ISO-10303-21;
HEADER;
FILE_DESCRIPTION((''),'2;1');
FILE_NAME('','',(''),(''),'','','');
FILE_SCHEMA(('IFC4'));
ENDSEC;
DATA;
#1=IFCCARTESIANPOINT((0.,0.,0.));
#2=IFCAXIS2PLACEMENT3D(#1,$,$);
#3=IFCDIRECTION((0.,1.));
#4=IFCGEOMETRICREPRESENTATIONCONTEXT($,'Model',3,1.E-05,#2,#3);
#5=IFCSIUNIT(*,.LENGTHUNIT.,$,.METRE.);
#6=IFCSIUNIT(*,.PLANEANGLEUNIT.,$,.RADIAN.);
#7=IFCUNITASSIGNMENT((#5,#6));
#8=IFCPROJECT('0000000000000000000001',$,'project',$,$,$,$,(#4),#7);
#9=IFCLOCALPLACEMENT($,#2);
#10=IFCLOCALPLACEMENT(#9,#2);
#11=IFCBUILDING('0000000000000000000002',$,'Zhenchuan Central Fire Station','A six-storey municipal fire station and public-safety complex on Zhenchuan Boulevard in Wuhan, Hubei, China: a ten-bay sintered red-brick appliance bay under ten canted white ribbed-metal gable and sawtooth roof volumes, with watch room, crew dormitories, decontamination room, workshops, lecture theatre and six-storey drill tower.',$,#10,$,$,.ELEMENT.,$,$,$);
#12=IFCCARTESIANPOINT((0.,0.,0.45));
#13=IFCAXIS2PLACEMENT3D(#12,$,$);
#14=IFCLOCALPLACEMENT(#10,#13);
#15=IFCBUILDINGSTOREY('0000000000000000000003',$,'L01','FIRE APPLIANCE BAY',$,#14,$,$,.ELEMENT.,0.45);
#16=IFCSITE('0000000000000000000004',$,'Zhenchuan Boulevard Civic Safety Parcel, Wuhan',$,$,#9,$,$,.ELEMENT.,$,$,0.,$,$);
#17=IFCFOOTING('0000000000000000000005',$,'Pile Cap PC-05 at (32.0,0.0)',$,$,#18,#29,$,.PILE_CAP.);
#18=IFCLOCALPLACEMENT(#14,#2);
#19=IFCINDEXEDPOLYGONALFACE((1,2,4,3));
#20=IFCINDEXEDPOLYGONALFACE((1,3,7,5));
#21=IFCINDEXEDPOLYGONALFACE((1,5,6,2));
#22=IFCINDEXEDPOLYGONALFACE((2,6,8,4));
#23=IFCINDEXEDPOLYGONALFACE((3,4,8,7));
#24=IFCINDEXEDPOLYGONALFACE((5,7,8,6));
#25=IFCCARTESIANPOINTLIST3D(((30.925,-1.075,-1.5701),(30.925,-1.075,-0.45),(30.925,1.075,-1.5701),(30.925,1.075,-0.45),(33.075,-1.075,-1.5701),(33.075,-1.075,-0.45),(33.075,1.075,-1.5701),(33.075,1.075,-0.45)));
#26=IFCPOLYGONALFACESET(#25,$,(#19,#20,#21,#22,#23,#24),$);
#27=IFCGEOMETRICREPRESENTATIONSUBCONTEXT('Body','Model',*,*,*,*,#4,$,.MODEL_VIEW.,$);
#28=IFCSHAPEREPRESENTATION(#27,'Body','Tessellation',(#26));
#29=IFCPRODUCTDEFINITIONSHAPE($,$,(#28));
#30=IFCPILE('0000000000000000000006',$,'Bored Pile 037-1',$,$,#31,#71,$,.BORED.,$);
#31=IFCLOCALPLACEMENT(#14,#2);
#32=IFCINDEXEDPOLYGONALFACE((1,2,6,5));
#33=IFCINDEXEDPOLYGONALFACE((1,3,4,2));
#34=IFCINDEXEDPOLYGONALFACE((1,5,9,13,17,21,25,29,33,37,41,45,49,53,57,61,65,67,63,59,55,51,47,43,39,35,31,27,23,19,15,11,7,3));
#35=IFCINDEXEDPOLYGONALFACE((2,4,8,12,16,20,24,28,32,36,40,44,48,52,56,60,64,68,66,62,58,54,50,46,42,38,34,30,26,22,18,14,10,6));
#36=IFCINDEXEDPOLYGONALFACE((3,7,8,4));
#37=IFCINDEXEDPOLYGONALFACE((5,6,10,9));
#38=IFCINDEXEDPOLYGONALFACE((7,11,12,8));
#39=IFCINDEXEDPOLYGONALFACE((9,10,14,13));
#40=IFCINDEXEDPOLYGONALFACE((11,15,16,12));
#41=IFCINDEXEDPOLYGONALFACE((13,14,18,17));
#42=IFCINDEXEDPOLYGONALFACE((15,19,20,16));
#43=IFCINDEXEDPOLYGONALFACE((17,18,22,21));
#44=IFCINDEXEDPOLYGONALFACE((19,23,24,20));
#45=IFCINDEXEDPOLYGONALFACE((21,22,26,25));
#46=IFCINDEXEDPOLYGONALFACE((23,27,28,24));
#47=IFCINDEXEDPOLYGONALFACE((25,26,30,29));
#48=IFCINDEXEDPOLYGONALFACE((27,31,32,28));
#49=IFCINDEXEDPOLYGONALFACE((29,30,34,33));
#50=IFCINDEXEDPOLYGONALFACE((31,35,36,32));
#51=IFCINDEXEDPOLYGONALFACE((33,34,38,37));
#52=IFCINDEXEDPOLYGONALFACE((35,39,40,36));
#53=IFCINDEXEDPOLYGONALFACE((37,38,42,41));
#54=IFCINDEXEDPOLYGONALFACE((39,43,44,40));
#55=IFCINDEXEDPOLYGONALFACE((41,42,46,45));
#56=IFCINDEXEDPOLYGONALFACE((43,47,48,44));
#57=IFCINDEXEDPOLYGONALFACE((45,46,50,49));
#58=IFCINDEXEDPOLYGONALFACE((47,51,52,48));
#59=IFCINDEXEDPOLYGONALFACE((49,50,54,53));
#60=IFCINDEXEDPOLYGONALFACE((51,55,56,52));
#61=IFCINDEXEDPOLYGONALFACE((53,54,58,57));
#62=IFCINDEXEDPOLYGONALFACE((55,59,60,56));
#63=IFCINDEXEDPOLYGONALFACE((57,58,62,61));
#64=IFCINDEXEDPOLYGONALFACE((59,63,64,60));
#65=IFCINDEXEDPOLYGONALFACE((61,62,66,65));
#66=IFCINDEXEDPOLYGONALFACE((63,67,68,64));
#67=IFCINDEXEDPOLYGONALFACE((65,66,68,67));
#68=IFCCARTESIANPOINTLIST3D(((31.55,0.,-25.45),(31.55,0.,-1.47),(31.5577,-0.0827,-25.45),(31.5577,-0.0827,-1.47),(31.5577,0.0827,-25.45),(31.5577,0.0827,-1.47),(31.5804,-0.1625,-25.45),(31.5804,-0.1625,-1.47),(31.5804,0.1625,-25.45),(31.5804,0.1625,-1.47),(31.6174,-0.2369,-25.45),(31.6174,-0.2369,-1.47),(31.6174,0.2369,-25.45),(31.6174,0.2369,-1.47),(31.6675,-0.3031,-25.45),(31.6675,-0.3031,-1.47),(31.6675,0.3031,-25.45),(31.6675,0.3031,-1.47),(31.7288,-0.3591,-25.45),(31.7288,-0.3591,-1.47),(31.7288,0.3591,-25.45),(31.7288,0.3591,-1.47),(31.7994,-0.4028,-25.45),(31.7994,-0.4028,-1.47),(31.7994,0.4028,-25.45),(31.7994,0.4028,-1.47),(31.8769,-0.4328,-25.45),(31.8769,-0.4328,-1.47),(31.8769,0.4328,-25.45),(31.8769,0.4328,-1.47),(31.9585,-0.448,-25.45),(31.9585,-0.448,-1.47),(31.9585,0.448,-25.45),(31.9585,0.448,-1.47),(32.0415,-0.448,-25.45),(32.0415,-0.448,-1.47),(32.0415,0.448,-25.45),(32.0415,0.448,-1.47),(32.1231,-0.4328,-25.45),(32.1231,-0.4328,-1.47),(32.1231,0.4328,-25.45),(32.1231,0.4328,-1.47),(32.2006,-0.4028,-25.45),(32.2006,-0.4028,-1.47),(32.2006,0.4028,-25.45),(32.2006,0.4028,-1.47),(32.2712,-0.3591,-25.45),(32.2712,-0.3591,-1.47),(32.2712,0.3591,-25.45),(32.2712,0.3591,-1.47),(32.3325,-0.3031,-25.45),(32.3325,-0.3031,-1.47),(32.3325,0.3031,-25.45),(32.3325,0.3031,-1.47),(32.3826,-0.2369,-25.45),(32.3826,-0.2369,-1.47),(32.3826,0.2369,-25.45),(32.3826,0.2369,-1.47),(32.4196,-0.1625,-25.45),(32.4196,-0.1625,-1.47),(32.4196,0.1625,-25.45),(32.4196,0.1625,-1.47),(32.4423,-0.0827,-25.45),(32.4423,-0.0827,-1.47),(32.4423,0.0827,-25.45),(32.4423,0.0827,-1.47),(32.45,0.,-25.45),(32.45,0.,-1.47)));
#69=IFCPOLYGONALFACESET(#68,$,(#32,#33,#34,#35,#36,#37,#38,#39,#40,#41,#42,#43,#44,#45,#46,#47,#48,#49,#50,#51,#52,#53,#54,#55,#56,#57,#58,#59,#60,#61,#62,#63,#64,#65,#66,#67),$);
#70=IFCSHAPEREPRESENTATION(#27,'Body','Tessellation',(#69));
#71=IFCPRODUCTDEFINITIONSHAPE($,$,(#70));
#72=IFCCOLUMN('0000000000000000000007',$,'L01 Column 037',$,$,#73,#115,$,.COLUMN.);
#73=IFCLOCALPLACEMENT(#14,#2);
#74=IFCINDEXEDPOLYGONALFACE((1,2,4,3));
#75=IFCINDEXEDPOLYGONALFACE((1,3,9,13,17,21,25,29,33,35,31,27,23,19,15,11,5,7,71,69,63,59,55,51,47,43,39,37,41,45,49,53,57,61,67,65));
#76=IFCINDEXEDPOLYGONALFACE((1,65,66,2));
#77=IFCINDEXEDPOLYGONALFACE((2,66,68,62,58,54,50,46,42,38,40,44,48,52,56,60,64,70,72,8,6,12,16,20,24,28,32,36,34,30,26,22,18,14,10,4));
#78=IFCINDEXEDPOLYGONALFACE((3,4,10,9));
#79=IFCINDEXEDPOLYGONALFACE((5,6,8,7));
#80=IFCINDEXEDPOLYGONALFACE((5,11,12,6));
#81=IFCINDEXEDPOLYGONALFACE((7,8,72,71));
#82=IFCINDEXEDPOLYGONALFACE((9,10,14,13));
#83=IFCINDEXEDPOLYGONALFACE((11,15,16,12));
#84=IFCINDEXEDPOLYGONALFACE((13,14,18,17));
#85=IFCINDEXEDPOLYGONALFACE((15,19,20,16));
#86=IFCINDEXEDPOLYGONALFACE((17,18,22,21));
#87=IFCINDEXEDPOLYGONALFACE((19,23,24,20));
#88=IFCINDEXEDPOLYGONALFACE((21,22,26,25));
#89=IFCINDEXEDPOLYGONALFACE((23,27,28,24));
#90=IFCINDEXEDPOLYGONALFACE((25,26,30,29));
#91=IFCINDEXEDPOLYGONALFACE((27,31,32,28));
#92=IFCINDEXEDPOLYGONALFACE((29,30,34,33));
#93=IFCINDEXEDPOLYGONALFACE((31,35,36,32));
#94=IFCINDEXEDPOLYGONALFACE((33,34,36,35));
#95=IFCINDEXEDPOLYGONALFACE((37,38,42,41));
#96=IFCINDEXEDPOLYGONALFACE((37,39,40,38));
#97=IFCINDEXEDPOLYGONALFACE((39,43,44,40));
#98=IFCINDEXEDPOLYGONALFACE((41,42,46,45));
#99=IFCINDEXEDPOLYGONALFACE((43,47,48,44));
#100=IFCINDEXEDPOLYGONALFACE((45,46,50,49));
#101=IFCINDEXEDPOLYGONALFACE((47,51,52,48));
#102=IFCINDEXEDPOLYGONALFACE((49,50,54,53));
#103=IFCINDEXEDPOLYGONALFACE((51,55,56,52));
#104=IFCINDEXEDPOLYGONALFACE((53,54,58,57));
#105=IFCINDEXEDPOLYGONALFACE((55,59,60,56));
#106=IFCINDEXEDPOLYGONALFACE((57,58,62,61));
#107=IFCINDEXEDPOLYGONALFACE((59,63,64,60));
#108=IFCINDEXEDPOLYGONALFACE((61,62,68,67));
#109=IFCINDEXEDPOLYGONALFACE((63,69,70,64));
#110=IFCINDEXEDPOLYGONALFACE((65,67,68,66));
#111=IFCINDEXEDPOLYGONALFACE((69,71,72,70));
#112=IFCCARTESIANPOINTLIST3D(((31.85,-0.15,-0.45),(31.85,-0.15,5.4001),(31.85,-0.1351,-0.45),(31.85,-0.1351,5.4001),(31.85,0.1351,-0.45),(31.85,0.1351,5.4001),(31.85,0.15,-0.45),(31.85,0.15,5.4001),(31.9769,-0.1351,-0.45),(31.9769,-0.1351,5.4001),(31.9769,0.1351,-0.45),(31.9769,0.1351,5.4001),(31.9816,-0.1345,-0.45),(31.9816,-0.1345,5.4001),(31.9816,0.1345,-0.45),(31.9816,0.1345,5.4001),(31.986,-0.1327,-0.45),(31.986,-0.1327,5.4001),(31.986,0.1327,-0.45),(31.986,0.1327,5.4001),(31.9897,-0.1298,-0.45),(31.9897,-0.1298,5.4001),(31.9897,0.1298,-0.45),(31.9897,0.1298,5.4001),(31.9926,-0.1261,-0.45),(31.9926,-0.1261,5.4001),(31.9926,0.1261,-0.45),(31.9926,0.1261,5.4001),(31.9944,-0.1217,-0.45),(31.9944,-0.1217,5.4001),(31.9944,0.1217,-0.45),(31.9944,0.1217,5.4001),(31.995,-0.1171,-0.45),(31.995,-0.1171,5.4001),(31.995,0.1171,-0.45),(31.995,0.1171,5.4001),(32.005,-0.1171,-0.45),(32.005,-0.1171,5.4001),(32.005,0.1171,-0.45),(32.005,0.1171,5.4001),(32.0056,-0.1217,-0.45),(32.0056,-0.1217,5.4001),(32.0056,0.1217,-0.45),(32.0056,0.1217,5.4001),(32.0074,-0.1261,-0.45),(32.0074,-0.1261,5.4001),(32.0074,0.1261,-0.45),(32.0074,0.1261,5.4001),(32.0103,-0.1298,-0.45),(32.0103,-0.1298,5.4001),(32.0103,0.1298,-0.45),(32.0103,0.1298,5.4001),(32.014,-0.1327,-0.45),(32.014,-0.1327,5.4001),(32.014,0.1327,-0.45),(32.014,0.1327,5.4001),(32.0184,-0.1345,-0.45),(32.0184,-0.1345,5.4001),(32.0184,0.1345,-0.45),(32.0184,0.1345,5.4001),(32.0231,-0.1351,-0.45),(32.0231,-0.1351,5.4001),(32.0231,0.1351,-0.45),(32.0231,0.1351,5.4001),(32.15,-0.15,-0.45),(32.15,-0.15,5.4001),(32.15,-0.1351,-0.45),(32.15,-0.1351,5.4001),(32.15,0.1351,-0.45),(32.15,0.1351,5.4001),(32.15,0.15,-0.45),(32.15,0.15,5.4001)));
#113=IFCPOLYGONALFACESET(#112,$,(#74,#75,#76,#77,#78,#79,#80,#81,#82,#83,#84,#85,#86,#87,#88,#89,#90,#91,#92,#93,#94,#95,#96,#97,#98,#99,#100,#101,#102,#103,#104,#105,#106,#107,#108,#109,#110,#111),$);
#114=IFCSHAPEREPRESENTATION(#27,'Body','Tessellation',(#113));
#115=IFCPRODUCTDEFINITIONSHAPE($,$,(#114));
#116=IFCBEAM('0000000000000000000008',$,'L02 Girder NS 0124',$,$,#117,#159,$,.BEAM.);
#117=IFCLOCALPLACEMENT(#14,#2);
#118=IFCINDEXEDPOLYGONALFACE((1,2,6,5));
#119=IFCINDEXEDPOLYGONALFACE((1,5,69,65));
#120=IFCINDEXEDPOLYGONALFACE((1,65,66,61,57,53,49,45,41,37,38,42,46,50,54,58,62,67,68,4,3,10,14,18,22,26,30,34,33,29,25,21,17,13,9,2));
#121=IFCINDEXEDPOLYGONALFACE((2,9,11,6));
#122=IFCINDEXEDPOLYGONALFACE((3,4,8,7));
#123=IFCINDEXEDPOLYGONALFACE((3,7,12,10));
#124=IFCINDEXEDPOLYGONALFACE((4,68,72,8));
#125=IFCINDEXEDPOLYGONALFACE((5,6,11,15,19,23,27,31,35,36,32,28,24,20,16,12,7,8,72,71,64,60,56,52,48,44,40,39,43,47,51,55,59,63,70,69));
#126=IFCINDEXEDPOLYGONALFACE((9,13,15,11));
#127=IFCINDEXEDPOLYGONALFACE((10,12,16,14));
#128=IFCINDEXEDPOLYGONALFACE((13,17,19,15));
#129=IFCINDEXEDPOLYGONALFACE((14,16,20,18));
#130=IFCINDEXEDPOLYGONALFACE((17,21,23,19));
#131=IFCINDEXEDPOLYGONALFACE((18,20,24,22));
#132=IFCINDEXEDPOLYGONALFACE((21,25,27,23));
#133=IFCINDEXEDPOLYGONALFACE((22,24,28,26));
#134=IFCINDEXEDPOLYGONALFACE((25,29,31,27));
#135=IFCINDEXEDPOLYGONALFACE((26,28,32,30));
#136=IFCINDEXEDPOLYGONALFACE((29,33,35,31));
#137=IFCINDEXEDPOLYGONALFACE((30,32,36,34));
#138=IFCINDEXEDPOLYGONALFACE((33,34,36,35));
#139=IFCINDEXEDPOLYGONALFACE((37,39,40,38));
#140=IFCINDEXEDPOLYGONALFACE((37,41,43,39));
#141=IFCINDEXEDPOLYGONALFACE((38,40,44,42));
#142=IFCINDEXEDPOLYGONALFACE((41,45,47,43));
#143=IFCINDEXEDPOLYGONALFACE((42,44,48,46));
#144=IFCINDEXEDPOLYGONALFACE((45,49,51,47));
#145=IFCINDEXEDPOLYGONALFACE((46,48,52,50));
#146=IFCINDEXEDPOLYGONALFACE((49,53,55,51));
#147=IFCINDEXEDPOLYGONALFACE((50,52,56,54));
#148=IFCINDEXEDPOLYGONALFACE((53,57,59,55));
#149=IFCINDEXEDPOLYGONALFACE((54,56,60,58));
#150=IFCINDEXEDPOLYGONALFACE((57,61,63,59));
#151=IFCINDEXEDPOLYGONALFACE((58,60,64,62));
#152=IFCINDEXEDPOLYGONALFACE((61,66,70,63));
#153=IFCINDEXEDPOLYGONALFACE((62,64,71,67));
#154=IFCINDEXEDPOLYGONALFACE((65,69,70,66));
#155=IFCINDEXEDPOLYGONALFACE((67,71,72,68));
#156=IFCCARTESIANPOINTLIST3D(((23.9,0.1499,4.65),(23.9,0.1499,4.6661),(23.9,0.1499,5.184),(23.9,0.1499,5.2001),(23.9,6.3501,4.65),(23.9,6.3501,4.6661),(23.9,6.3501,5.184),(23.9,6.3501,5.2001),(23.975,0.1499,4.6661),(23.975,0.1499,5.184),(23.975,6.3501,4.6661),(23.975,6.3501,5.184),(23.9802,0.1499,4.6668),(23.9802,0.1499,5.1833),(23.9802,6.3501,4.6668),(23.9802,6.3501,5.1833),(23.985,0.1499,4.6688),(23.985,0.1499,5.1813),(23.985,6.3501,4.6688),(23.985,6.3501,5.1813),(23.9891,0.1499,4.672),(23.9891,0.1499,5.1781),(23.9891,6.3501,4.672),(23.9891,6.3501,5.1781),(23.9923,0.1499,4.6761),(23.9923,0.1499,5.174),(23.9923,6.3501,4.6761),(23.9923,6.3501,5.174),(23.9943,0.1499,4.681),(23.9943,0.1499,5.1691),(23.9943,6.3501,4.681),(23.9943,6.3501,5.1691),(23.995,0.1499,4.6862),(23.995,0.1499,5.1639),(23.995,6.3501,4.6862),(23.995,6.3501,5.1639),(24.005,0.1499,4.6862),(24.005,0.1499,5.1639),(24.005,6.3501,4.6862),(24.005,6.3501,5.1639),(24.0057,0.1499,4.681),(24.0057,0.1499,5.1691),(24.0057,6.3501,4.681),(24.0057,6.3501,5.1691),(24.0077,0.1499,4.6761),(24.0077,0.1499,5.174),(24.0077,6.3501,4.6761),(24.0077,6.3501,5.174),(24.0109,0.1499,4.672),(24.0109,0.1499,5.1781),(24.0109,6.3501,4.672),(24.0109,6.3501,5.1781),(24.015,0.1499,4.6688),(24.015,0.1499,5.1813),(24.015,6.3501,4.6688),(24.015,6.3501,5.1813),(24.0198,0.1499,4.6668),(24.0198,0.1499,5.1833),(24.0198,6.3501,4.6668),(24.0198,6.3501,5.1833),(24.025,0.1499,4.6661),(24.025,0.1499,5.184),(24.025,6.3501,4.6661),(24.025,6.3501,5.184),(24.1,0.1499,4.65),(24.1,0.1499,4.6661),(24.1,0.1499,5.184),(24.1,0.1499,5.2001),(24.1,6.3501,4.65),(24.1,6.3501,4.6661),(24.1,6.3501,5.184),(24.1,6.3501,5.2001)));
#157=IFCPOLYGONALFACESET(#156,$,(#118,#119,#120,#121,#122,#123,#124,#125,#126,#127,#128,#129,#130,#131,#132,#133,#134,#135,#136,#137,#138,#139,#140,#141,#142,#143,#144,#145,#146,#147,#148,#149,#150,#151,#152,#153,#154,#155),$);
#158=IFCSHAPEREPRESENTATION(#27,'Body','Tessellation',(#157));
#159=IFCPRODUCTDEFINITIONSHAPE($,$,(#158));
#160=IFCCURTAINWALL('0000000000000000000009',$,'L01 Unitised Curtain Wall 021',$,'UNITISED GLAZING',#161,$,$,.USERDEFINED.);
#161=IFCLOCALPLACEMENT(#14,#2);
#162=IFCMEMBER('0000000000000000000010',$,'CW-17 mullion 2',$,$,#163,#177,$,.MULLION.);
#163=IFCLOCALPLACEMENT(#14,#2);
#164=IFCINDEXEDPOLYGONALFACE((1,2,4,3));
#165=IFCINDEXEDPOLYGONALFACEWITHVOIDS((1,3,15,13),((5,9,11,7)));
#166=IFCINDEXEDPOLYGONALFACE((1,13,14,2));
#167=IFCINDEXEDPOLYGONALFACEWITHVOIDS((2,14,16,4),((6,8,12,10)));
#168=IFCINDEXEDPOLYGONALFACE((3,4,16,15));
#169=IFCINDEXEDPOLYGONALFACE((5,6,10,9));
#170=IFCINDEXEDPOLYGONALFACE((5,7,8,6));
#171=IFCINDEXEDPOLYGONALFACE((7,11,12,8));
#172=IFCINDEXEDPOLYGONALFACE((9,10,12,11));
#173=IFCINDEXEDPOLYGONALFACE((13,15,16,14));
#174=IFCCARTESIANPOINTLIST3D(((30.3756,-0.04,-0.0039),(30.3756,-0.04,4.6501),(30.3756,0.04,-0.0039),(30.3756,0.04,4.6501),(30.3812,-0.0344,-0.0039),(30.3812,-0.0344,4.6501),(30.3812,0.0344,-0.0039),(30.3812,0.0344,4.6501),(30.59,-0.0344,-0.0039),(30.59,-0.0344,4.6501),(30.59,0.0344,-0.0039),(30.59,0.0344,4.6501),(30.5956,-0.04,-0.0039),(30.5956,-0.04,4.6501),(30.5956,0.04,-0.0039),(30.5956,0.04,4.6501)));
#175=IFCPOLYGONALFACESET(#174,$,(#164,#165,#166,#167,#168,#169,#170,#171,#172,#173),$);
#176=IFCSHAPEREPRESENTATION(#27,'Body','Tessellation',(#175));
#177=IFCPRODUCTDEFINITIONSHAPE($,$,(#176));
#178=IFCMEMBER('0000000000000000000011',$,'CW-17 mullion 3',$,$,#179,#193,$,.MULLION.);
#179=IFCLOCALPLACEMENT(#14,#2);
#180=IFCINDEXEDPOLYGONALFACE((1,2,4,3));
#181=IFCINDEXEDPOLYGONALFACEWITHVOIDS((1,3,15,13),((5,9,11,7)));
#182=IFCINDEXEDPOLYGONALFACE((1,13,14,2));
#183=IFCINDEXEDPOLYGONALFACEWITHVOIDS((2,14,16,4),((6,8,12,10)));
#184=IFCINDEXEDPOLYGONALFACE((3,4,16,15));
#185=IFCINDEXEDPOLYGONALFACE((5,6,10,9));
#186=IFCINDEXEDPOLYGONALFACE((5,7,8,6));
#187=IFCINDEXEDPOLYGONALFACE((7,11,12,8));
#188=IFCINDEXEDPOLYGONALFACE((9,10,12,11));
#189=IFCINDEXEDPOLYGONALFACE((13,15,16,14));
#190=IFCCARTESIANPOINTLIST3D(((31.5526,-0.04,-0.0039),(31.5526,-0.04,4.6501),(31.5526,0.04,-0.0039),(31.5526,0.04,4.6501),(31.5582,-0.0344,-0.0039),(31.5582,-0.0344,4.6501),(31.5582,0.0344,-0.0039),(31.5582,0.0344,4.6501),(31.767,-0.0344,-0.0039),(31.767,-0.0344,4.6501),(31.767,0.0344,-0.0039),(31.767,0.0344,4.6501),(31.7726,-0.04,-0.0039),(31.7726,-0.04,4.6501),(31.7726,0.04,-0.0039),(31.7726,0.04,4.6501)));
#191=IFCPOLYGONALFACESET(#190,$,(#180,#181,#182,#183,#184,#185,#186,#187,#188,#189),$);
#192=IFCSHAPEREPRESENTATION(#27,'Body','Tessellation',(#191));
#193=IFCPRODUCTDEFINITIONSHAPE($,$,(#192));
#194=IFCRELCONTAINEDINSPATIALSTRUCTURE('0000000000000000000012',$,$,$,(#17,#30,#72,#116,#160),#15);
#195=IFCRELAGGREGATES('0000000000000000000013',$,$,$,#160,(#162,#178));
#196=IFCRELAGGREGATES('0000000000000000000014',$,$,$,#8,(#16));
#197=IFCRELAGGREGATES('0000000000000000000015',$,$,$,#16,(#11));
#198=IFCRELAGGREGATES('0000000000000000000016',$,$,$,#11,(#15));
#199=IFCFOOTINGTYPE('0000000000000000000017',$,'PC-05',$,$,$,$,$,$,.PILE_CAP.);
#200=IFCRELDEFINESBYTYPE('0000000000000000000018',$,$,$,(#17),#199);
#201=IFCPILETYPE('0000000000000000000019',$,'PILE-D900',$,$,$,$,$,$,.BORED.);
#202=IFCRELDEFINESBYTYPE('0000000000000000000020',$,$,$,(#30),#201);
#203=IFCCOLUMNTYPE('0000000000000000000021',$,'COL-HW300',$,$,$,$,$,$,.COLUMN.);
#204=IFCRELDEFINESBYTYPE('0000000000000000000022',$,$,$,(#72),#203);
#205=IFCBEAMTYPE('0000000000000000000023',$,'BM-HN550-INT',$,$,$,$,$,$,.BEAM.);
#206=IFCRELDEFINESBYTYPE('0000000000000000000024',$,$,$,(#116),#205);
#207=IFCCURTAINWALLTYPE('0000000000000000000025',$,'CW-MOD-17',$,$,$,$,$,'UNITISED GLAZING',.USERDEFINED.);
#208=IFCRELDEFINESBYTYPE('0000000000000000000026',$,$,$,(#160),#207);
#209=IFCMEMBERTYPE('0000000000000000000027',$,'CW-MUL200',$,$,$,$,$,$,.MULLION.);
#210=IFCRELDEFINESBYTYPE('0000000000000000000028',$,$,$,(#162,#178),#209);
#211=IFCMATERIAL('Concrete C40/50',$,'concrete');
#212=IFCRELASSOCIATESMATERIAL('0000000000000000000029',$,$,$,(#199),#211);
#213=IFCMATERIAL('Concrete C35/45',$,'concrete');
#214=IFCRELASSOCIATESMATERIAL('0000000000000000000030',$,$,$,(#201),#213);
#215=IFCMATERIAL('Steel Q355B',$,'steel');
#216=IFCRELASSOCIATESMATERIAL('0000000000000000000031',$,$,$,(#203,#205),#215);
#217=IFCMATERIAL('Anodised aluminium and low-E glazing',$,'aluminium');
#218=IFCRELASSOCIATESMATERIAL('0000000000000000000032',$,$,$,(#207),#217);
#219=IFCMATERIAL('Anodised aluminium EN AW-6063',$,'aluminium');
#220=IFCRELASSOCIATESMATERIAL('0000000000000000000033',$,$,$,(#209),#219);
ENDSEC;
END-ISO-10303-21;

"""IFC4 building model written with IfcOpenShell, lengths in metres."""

from ifc_helpers import new_model, si_unit, direction, frame, origin, origin_2d, place, context, subcontext, project, spatial, rectangle, hollow_rectangle, circle, i_section, extrude, material, material_profile, profile_set, type_object, element, aggregate, save


model = new_model("IFC4")

# Units and contexts
model_context = context("Model", 3, precision=1e-05, world=origin(), true_north=direction((0.0, 1.0)))
body_context = subcontext(model_context, "Body", "Model", "MODEL_VIEW")
ifc_project = project(units=[si_unit("LENGTHUNIT", "METRE"), si_unit("PLANEANGLEUNIT", "RADIAN")], contexts=[model_context])

# Site, building, storey
site_placement = place(None, origin())
site = spatial("IfcSite", under=ifc_project, at=site_placement, Name="Zhenchuan Boulevard Civic Safety Parcel, Wuhan", CompositionType="ELEMENT", RefElevation=0.0)
building_placement = place(site_placement, origin())
building = spatial("IfcBuilding", under=site, at=building_placement, Name="Zhenchuan Central Fire Station", Description="A six-storey municipal fire station and public-safety complex on Zhenchuan Boulevard in Wuhan, Hubei, China: a ten-bay sintered red-brick appliance bay under ten canted white ribbed-metal gable and sawtooth roof volumes, with watch room, crew dormitories, decontamination room, workshops, lecture theatre and six-storey drill tower.", CompositionType="ELEMENT")
storey_placement = place(building_placement, frame((0.0, 0.0, 0.45)))
storey = spatial("IfcBuildingStorey", under=building, at=storey_placement, Name="L01", Description="FIRE APPLIANCE BAY", CompositionType="ELEMENT", Elevation=0.45)

# Footing
ifc_material_1 = material(Name="Concrete C40/50", Category="concrete")
footing_type = type_object("IfcFootingType", Name="PC-05", PredefinedType="PILE_CAP", material=ifc_material_1)
footing_placement = place(storey_placement, frame((32.0, 0.0, -1.5701), z_axis=(0.0, 0.0, 1.0), x_axis=(1.0, 0.0, 0.0)))
element("IfcFooting", 1, at=footing_placement, inside=storey, type_object=footing_type, Name="Pile Cap PC-05 at (32.0,0.0)", PredefinedType="PILE_CAP", context=body_context, shape_type="SweptSolid", body=[
    extrude(rectangle(XDim=2.1499, YDim=2.1499, at=origin_2d()), origin(), (0.0, 0.0, 1.0), 1.1201),
])

# Pile
ifc_material_2 = material(Name="Concrete C35/45", Category="concrete")
ifc_material_profile_1 = material_profile(ifc_material_2, circle(Radius=0.45, at=origin_2d()), Name="PILE D900")
ifc_profile_set_1 = profile_set([ifc_material_profile_1], Name="Concrete C35/45")
pile_type = type_object("IfcPileType", Name="PILE-D900", PredefinedType="BORED", material=ifc_profile_set_1)
pile_placement = place(storey_placement, frame((32.0, 0.0, -1.47), z_axis=(0.0, 0.0, -1.0), x_axis=(1.0, 0.0, 0.0)))
element("IfcPile", 2, at=pile_placement, inside=storey, type_object=pile_type, Name="Bored Pile 037-1", PredefinedType="BORED", context=body_context, shape_type="SweptSolid", body=[
    extrude(circle(Radius=0.45, at=origin_2d()), origin(), (0.0, 0.0, 1.0), 23.98),
])

# Column
ifc_material_3 = material(Name="Steel Q355B", Category="steel")
ifc_material_profile_2 = material_profile(ifc_material_3, i_section(OverallWidth=0.3, OverallDepth=0.3, WebThickness=0.01, FlangeThickness=0.0149, FilletRadius=0.0181, at=origin_2d()), Name="HW 300x300")
ifc_profile_set_2 = profile_set([ifc_material_profile_2], Name="Steel Q355B")
column_type = type_object("IfcColumnType", Name="COL-HW300", PredefinedType="COLUMN", material=ifc_profile_set_2)
column_placement = place(storey_placement, frame((32.0, 0.0, -0.45), z_axis=(0.0, 0.0, 1.0), x_axis=(1.0, 0.0, 0.0)))
element("IfcColumn", 3, at=column_placement, inside=storey, type_object=column_type, Name="L01 Column 037", PredefinedType="COLUMN", context=body_context, shape_type="SweptSolid", body=[
    extrude(i_section(OverallWidth=0.3, OverallDepth=0.3, WebThickness=0.01, FlangeThickness=0.0149, FilletRadius=0.0181, at=origin_2d()), origin(), (0.0, 0.0, 1.0), 5.8501),
])

# Beam
ifc_material_profile_3 = material_profile(ifc_material_3, i_section(OverallWidth=0.2, OverallDepth=0.55, WebThickness=0.01, FlangeThickness=0.0161, FilletRadius=0.02, at=origin_2d()), Name="HN 550x200")
ifc_profile_set_3 = profile_set([ifc_material_profile_3], Name="Steel Q355B")
beam_type_1 = type_object("IfcBeamType", Name="BM-HN550-INT", PredefinedType="BEAM", material=ifc_profile_set_3)
beam_1_placement = place(storey_placement, frame((24.0, 0.1499, 4.925), z_axis=(0.0, 1.0, 0.0), x_axis=(-1.0, 0.0, 0.0)))
element("IfcBeam", 4, at=beam_1_placement, inside=storey, type_object=beam_type_1, Name="L02 Girder NS 0124", PredefinedType="BEAM", context=body_context, shape_type="SweptSolid", body=[
    extrude(i_section(OverallWidth=0.2, OverallDepth=0.55, WebThickness=0.01, FlangeThickness=0.0161, FilletRadius=0.02, at=origin_2d()), origin(), (0.0, 0.0, 1.0), 6.2002),
])

# Curtain wall, members
ifc_material_4 = material(Name="Anodised aluminium and low-E glazing", Category="aluminium")
curtain_wall_type = type_object("IfcCurtainWallType", Name="CW-MOD-17", ElementType="UNITISED GLAZING", PredefinedType="USERDEFINED", material=ifc_material_4)
curtain_wall_placement = place(storey_placement, origin())
curtain_wall = element("IfcCurtainWall", 5, at=curtain_wall_placement, inside=storey, type_object=curtain_wall_type, Name="L01 Unitised Curtain Wall 021", ObjectType="UNITISED GLAZING", PredefinedType="USERDEFINED")
ifc_material_5 = material(Name="Anodised aluminium EN AW-6063", Category="aluminium")
ifc_material_profile_4 = material_profile(ifc_material_5, hollow_rectangle(XDim=0.0801, YDim=0.22, WallThickness=0.0056, at=origin_2d()), Name="ALU-M 220x80")
ifc_profile_set_4 = profile_set([ifc_material_profile_4], Name="Anodised aluminium EN AW-6063")
member_type_1 = type_object("IfcMemberType", Name="CW-MUL200", PredefinedType="MULLION", material=ifc_profile_set_4)
member_1_placement = place(storey_placement, frame((30.4856, 0.0, -0.0039), z_axis=(0.0, 0.0, 1.0), x_axis=(0.0, 1.0, 0.0)))
member_1 = element("IfcMember", 6, at=member_1_placement, type_object=member_type_1, Name="CW-17 mullion 2", PredefinedType="MULLION", context=body_context, shape_type="SweptSolid", body=[
    extrude(hollow_rectangle(XDim=0.0801, YDim=0.22, WallThickness=0.0056, at=origin_2d()), origin(), (0.0, 0.0, 1.0), 4.6541),
])
member_2_placement = place(storey_placement, frame((31.6626, 0.0, -0.0039), z_axis=(0.0, 0.0, 1.0), x_axis=(0.0, 1.0, 0.0)))
member_2 = element("IfcMember", 7, at=member_2_placement, type_object=member_type_1, Name="CW-17 mullion 3", PredefinedType="MULLION", context=body_context, shape_type="SweptSolid", body=[
    extrude(hollow_rectangle(XDim=0.0801, YDim=0.22, WallThickness=0.0056, at=origin_2d()), origin(), (0.0, 0.0, 1.0), 4.6541),
])

aggregate(curtain_wall, [member_1, member_2])

save(model, "model.ifc")
